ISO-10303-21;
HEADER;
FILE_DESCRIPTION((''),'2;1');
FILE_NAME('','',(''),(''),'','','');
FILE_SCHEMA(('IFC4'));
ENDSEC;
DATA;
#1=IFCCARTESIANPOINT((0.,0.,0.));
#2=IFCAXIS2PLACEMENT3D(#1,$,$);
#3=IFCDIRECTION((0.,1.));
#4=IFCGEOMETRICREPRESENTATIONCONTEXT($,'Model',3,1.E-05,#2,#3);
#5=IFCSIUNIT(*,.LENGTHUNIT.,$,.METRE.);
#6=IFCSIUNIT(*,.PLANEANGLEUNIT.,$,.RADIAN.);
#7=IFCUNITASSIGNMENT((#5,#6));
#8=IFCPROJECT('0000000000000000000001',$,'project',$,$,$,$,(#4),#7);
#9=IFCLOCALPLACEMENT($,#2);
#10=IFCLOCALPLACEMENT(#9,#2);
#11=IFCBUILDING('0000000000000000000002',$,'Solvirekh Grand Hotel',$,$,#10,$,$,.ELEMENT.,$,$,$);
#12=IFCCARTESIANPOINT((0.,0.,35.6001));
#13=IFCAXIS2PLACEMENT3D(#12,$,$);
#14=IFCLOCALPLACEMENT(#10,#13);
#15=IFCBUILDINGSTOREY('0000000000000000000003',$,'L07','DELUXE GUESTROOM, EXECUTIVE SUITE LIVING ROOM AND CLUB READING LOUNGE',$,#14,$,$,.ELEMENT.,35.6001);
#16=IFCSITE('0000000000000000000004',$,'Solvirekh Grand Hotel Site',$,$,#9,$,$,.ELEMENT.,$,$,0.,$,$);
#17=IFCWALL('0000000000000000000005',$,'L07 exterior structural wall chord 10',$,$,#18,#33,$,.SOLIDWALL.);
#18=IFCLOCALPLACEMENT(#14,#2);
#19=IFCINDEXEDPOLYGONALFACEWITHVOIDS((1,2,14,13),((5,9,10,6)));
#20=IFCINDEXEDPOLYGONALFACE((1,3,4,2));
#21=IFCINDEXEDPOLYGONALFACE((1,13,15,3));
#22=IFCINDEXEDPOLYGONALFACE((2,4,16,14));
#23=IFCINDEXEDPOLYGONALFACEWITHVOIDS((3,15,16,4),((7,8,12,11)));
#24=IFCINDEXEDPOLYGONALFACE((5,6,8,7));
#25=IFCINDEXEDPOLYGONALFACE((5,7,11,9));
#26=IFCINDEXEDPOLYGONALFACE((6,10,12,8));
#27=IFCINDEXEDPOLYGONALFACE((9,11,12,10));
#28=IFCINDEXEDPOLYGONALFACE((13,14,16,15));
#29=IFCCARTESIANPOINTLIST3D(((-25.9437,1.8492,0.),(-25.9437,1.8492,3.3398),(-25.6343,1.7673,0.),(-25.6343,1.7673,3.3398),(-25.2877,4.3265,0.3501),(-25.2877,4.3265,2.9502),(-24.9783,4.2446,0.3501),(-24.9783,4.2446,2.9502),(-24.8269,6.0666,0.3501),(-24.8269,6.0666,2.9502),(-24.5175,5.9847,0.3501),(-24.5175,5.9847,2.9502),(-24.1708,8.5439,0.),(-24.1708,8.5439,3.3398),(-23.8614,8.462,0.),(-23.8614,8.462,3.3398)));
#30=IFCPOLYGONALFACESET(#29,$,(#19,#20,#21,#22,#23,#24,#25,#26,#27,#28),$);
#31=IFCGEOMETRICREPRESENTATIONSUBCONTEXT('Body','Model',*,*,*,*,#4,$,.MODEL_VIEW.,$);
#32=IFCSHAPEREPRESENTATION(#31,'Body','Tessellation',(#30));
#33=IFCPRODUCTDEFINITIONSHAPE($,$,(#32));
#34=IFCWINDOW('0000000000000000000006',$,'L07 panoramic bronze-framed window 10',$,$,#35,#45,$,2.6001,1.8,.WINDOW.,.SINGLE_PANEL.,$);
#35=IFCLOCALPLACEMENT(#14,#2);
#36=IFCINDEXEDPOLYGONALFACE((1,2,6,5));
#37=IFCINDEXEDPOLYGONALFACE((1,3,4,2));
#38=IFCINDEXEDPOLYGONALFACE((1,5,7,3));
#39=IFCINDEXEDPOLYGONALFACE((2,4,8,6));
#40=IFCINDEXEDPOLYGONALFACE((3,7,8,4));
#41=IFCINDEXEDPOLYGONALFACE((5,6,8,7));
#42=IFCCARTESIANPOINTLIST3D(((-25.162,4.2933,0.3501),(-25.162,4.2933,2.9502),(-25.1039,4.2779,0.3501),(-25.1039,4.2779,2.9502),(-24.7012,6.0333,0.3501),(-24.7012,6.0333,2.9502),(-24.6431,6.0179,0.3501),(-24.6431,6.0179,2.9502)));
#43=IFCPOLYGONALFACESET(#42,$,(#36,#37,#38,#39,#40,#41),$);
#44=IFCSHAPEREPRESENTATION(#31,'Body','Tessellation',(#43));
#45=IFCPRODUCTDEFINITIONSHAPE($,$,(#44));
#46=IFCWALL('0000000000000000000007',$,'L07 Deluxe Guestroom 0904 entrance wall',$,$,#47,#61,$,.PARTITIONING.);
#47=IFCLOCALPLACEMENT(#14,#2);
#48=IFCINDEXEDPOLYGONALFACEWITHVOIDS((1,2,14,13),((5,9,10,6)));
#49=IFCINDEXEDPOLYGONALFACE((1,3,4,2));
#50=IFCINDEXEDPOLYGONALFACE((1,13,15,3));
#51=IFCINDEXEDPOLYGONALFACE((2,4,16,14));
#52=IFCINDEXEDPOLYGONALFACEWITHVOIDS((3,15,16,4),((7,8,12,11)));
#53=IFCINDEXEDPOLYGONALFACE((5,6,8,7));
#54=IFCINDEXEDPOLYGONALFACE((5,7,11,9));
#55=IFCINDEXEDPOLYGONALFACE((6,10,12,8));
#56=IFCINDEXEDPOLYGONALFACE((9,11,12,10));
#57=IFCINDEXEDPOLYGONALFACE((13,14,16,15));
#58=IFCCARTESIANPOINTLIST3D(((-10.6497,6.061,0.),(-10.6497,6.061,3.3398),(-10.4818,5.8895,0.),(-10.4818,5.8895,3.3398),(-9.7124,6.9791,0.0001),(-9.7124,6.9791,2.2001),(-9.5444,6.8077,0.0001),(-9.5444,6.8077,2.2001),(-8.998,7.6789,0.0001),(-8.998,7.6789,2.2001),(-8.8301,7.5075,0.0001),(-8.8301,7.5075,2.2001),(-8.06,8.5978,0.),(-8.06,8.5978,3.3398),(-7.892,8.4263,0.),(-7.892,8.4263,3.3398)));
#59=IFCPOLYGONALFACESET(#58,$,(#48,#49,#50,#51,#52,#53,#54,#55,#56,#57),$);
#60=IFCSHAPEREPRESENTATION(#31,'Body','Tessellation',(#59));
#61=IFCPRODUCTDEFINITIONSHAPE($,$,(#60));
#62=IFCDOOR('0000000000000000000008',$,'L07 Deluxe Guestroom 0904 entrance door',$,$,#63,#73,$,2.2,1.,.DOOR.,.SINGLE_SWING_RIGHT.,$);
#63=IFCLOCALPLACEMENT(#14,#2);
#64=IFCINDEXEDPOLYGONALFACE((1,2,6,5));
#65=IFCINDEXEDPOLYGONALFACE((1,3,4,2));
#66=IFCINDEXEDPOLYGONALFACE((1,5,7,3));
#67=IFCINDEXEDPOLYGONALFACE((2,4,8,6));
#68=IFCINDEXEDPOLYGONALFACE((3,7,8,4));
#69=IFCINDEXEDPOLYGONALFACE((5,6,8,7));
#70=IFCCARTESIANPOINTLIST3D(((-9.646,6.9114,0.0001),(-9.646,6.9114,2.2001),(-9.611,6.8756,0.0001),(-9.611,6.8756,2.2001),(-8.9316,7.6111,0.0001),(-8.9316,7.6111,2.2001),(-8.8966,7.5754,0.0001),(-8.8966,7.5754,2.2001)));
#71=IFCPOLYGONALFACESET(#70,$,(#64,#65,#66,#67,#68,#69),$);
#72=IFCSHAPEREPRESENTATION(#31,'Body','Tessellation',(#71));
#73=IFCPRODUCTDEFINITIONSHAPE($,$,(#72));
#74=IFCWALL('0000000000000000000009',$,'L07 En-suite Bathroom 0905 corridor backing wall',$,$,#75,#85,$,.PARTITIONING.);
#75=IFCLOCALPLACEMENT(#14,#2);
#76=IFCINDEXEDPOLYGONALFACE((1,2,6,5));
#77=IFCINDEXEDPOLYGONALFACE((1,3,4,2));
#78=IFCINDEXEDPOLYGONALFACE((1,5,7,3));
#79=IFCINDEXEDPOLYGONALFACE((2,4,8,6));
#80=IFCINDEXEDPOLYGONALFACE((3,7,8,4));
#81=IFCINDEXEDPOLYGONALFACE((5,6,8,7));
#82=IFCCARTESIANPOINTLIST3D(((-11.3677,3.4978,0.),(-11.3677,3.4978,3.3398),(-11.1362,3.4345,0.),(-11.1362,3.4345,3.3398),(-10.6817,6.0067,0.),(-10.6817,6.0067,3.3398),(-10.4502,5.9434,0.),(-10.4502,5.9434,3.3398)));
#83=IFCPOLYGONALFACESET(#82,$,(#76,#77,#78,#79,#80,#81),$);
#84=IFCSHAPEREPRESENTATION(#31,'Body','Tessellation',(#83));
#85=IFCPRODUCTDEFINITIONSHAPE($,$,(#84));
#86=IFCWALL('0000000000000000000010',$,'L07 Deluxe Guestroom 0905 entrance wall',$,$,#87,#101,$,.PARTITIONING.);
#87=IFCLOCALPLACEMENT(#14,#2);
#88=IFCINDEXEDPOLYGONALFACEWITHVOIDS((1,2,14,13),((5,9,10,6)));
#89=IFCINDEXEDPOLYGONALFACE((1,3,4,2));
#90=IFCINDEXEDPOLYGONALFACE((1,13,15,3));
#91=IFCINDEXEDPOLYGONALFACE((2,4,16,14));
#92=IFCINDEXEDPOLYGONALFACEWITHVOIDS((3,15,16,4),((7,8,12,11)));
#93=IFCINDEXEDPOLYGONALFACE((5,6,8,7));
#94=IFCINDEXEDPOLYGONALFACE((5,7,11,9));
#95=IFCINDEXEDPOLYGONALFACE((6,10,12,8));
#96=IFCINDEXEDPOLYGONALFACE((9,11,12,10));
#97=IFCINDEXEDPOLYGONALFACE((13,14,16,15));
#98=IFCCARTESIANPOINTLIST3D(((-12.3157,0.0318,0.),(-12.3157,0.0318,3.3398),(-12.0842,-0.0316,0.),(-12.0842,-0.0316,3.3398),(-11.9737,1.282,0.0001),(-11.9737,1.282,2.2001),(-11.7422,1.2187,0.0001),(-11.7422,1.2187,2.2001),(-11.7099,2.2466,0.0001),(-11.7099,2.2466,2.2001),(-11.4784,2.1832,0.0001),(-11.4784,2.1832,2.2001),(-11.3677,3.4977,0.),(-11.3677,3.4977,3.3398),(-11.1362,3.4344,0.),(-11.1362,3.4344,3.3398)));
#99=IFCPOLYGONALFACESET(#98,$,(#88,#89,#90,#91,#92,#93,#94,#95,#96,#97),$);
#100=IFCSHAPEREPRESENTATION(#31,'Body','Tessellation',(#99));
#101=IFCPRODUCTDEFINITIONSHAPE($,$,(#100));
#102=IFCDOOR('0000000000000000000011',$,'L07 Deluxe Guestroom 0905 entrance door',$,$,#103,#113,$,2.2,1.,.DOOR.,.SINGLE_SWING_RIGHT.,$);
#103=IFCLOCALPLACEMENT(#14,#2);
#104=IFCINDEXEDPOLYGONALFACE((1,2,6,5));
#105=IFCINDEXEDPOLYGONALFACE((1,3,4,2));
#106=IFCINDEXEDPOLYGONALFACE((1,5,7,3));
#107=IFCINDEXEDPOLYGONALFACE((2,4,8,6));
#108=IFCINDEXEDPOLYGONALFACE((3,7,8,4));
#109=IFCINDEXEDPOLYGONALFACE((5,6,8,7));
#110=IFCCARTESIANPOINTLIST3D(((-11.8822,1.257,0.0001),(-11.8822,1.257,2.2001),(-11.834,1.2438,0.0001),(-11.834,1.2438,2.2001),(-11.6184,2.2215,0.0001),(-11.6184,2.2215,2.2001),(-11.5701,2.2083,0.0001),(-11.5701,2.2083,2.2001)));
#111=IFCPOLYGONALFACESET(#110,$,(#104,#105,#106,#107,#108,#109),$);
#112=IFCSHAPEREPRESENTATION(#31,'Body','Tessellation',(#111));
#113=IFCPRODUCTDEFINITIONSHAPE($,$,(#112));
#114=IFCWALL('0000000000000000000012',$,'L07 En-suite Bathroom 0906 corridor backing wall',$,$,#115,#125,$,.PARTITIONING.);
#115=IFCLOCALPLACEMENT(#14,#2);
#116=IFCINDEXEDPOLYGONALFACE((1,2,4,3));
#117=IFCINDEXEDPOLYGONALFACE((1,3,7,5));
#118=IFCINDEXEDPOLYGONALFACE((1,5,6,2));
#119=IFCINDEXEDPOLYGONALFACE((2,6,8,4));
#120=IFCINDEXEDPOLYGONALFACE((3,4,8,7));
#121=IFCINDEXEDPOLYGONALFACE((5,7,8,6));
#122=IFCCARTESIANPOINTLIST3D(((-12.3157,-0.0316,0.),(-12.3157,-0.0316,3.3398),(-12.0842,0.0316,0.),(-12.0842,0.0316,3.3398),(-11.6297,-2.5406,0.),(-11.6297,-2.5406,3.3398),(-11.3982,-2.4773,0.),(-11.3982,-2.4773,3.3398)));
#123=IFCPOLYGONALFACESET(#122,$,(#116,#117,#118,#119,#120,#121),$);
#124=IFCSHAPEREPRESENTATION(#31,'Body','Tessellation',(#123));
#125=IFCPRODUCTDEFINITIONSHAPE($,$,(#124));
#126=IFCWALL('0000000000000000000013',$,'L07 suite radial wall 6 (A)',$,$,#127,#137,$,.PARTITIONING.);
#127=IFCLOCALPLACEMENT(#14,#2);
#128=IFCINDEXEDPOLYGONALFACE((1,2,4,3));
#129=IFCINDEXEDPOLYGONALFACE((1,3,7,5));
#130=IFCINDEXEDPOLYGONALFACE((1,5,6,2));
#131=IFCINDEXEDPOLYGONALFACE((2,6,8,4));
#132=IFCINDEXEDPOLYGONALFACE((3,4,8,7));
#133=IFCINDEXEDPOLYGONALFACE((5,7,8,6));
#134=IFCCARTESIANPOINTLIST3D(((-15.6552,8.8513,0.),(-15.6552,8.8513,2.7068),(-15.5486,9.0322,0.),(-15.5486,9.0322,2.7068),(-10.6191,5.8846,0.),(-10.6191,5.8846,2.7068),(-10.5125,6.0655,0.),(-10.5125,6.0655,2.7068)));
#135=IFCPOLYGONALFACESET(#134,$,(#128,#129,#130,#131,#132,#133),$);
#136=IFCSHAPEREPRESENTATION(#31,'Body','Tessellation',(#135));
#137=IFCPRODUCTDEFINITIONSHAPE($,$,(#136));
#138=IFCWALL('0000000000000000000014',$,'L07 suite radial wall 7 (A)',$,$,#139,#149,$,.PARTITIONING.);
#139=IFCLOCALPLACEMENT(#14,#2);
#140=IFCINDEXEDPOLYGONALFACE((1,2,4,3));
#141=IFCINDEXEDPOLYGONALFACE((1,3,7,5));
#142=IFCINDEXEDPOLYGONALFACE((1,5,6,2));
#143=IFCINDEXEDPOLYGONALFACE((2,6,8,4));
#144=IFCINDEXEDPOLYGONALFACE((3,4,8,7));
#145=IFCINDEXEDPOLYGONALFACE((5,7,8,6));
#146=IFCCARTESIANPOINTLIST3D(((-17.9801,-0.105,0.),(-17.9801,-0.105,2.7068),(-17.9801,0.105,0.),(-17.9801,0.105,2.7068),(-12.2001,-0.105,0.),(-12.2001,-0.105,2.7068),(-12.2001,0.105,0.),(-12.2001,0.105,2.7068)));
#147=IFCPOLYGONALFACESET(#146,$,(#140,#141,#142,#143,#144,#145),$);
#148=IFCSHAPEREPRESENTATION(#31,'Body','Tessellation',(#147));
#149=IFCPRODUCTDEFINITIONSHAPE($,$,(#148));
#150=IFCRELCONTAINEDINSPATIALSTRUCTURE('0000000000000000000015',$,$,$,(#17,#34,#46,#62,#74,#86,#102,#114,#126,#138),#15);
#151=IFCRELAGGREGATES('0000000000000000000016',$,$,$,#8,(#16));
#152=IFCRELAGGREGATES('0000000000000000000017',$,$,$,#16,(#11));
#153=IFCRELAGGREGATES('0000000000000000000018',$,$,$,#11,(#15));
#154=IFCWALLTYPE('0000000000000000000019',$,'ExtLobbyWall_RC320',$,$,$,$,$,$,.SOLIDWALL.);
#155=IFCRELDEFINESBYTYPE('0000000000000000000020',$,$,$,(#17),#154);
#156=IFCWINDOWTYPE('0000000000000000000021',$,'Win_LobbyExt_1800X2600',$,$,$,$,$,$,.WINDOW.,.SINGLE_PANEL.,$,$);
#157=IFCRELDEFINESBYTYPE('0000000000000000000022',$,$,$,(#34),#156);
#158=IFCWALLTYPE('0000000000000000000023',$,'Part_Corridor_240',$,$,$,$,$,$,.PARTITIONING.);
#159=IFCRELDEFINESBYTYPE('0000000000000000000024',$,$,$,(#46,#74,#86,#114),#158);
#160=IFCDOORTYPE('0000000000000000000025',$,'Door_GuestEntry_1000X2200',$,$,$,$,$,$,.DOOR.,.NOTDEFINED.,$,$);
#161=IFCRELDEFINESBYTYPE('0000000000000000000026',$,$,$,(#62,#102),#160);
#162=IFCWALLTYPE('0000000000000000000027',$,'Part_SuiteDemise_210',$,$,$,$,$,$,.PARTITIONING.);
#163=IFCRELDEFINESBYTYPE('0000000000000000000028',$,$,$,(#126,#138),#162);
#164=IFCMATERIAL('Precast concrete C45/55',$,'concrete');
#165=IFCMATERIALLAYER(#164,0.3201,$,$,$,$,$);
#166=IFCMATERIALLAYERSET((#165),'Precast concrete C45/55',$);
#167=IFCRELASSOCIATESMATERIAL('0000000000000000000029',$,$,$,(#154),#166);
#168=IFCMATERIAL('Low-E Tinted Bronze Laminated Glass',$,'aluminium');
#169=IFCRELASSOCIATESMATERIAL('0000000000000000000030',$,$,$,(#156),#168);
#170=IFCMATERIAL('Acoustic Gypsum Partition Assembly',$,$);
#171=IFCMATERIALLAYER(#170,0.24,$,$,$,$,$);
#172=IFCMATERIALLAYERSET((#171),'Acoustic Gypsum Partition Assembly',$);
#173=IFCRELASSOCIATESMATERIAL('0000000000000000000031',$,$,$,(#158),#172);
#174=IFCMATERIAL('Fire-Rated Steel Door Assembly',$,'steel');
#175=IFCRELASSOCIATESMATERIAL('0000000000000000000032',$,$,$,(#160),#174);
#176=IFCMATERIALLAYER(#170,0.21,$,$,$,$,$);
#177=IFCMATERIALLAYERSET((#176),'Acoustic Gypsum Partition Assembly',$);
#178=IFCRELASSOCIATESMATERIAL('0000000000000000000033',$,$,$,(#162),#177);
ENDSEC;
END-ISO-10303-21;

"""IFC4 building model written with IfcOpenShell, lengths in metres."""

from ifc_helpers import new_model, si_unit, direction, frame, frame_2d, origin, place, context, subcontext, project, spatial, rectangle, extrude, material, layer, layer_set, type_object, element, fill, save


model = new_model("IFC4")

# Units and contexts
model_context = context("Model", 3, precision=1e-05, world=origin(), true_north=direction((0.0, 1.0)))
body_context = subcontext(model_context, "Body", "Model", "MODEL_VIEW")
ifc_project = project(units=[si_unit("LENGTHUNIT", "METRE"), si_unit("PLANEANGLEUNIT", "RADIAN")], contexts=[model_context])

# Site, building, storey
site_placement = place(None, origin())
site = spatial("IfcSite", under=ifc_project, at=site_placement, Name="Solvirekh Grand Hotel Site", CompositionType="ELEMENT", RefElevation=0.0)
building_placement = place(site_placement, origin())
building = spatial("IfcBuilding", under=site, at=building_placement, Name="Solvirekh Grand Hotel", CompositionType="ELEMENT")
storey_placement = place(building_placement, frame((0.0, 0.0, 35.6001)))
storey = spatial("IfcBuildingStorey", under=building, at=storey_placement, Name="L07", Description="DELUXE GUESTROOM, EXECUTIVE SUITE LIVING ROOM AND CLUB READING LOUNGE", CompositionType="ELEMENT", Elevation=35.6001)

# Shared definitions
ifc_material_1 = material(Name="Low-E Tinted Bronze Laminated Glass", Category="aluminium")

# Wall, opening, window
ifc_material_2 = material(Name="Precast concrete C45/55", Category="concrete")
ifc_layer_1 = layer(ifc_material_2, 0.3201)
ifc_layer_set_1 = layer_set([ifc_layer_1], Name="Precast concrete C45/55")
wall_type_1 = type_object("IfcWallType", Name="ExtLobbyWall_RC320", PredefinedType="SOLIDWALL", material=ifc_layer_set_1)
window_type = type_object("IfcWindowType", Name="Win_LobbyExt_1800X2600", PartitioningType="SINGLE_PANEL", PredefinedType="WINDOW", material=ifc_material_1)
wall_1_placement = place(storey_placement, frame((-25.7891, 1.8081, 0.0), z_axis=(0.0, 0.0, 1.0), x_axis=(0.255999, 0.966677, 0.0)))
wall_1 = element("IfcWall", 1, at=wall_1_placement, inside=storey, type_object=wall_type_1, Name="L07 exterior structural wall chord 10", PredefinedType="SOLIDWALL", context=body_context, shape_type="SweptSolid", body=[
    extrude(rectangle(XDim=6.9255, YDim=0.3201, at=frame_2d((3.4629, 0.0))), origin(), (0.0, 0.0, 1.0), 3.3398),
])
opening_1_placement = place(wall_1_placement, frame((2.563, 0.0, 0.3501)))
opening_1 = element("IfcOpeningElement", 2, at=opening_1_placement, cuts=wall_1, PredefinedType="OPENING", context=body_context, shape_type="SweptSolid", body=[
    extrude(rectangle(XDim=1.8, YDim=2.6001, at=frame_2d((0.8999, 1.3))), frame((0.0, 0.1699, 0.0), z_axis=(0.0, -1.0, 0.0), x_axis=(1.0, 0.0, 0.0)), (0.0, 0.0, 1.0), 0.3401),
])
window_1_placement = place(opening_1_placement, origin())
window_1 = element("IfcWindow", 3, at=window_1_placement, inside=storey, type_object=window_type, Name="L07 panoramic bronze-framed window 10", OverallHeight=2.6001, OverallWidth=1.8, PartitioningType="SINGLE_PANEL", PredefinedType="WINDOW", context=body_context, shape_type="SweptSolid", body=[
    extrude(rectangle(XDim=1.8, YDim=2.6001, at=frame_2d((0.8999, 1.3))), frame((0.0, 0.03, 0.0), z_axis=(0.0, -1.0, 0.0), x_axis=(1.0, 0.0, 0.0)), (0.0, 0.0, 1.0), 0.0601),
])
fill(opening_1, window_1)

# Wall, opening, door
ifc_material_3 = material(Name="Acoustic Gypsum Partition Assembly")
ifc_layer_2 = layer(ifc_material_3, 0.24)
ifc_layer_set_2 = layer_set([ifc_layer_2], Name="Acoustic Gypsum Partition Assembly")
wall_type_2 = type_object("IfcWallType", Name="Part_Corridor_240", PredefinedType="PARTITIONING", material=ifc_layer_set_2)
wall_2_placement = place(storey_placement, frame((-7.9761, 8.512, 0.0), z_axis=(0.0, 0.0, 1.0), x_axis=(-0.714376, -0.699762, 0.0)))
wall_2 = element("IfcWall", 4, at=wall_2_placement, inside=storey, type_object=wall_type_2, Name="L07 Deluxe Guestroom 0904 entrance wall", PredefinedType="PARTITIONING", context=body_context, shape_type="SweptSolid", body=[
    extrude(rectangle(XDim=3.6252, YDim=0.24, at=frame_2d((1.8125, 0.0))), origin(), (0.0, 0.0, 1.0), 3.3398),
])
opening_2_placement = place(wall_2_placement, frame((1.313, 0.0, 0.0)))
opening_2 = element("IfcOpeningElement", 5, at=opening_2_placement, cuts=wall_2, PredefinedType="OPENING", context=body_context, shape_type="SweptSolid", body=[
    extrude(rectangle(XDim=1.0, YDim=2.2, at=frame_2d((0.5, 1.1001))), frame((0.0, 0.1299, 0.0), z_axis=(0.0, -1.0, 0.0), x_axis=(1.0, 0.0, 0.0)), (0.0, 0.0, 1.0), 0.26),
])
ifc_material_4 = material(Name="Fire-Rated Steel Door Assembly", Category="steel")
door_type_1 = type_object("IfcDoorType", Name="Door_GuestEntry_1000X2200", OperationType="NOTDEFINED", PredefinedType="DOOR", material=ifc_material_4)
door_1_placement = place(opening_2_placement, origin())
door_1 = element("IfcDoor", 6, at=door_1_placement, inside=storey, type_object=door_type_1, Name="L07 Deluxe Guestroom 0904 entrance door", OperationType="SINGLE_SWING_RIGHT", OverallHeight=2.2, OverallWidth=1.0, PredefinedType="DOOR", context=body_context, shape_type="SweptSolid", body=[
    extrude(rectangle(XDim=1.0, YDim=2.2, at=frame_2d((0.5, 1.1001))), frame((0.0, 0.0249, 0.0), z_axis=(0.0, -1.0, 0.0), x_axis=(1.0, 0.0, 0.0)), (0.0, 0.0, 1.0), 0.05),
])
fill(opening_2, door_1)

# Wall
wall_3_placement = place(storey_placement, frame((-10.5659, 5.9751, 0.0), z_axis=(0.0, 0.0, 1.0), x_axis=(-0.263745, -0.964593, 0.0)))
element("IfcWall", 7, at=wall_3_placement, inside=storey, type_object=wall_type_2, Name="L07 En-suite Bathroom 0905 corridor backing wall", PredefinedType="PARTITIONING", context=body_context, shape_type="SweptSolid", body=[
    extrude(rectangle(XDim=2.6011, YDim=0.24, at=frame_2d((1.3005, 0.0))), origin(), (0.0, 0.0, 1.0), 3.3398),
])

# Wall, opening, door
wall_4_placement = place(storey_placement, frame((-11.252, 3.4661, 0.0), z_axis=(0.0, 0.0, 1.0), x_axis=(-0.263819, -0.964572, 0.0)))
wall_4 = element("IfcWall", 8, at=wall_4_placement, inside=storey, type_object=wall_type_2, Name="L07 Deluxe Guestroom 0905 entrance wall", PredefinedType="PARTITIONING", context=body_context, shape_type="SweptSolid", body=[
    extrude(rectangle(XDim=3.5933, YDim=0.24, at=frame_2d((1.7966, 0.0))), origin(), (0.0, 0.0, 1.0), 3.3398),
])
opening_3_placement = place(wall_4_placement, frame((1.2971, 0.0, 0.0)))
opening_3 = element("IfcOpeningElement", 9, at=opening_3_placement, cuts=wall_4, PredefinedType="OPENING", context=body_context, shape_type="SweptSolid", body=[
    extrude(rectangle(XDim=1.0, YDim=2.2, at=frame_2d((0.5, 1.1001))), frame((0.0, 0.1299, 0.0), z_axis=(0.0, -1.0, 0.0), x_axis=(1.0, 0.0, 0.0)), (0.0, 0.0, 1.0), 0.26),
])
door_2_placement = place(opening_3_placement, origin())
door_2 = element("IfcDoor", 10, at=door_2_placement, inside=storey, type_object=door_type_1, Name="L07 Deluxe Guestroom 0905 entrance door", OperationType="SINGLE_SWING_RIGHT", OverallHeight=2.2, OverallWidth=1.0, PredefinedType="DOOR", context=body_context, shape_type="SweptSolid", body=[
    extrude(rectangle(XDim=1.0, YDim=2.2, at=frame_2d((0.5, 1.1001))), frame((0.0, 0.0249, 0.0), z_axis=(0.0, -1.0, 0.0), x_axis=(1.0, 0.0, 0.0)), (0.0, 0.0, 1.0), 0.05),
])
fill(opening_3, door_2)

# Walls
wall_5_placement = place(storey_placement, frame((-12.2, 0.0, 0.0), z_axis=(0.0, 0.0, 1.0), x_axis=(0.263745, -0.964593, 0.0)))
element("IfcWall", 11, at=wall_5_placement, inside=storey, type_object=wall_type_2, Name="L07 En-suite Bathroom 0906 corridor backing wall", PredefinedType="PARTITIONING", context=body_context, shape_type="SweptSolid", body=[
    extrude(rectangle(XDim=2.6011, YDim=0.24, at=frame_2d((1.3005, 0.0))), origin(), (0.0, 0.0, 1.0), 3.3398),
])
ifc_layer_3 = layer(ifc_material_3, 0.21)
ifc_layer_set_3 = layer_set([ifc_layer_3], Name="Acoustic Gypsum Partition Assembly")
wall_type_3 = type_object("IfcWallType", Name="Part_SuiteDemise_210", PredefinedType="PARTITIONING", material=ifc_layer_set_3)
wall_6_placement = place(storey_placement, frame((-10.5659, 5.9751, 0.0), z_axis=(0.0, 0.0, 1.0), x_axis=(-0.861608, 0.507575, 0.0)))
element("IfcWall", 12, at=wall_6_placement, inside=storey, type_object=wall_type_3, Name="L07 suite radial wall 6 (A)", PredefinedType="PARTITIONING", context=body_context, shape_type="SweptSolid", body=[
    extrude(rectangle(XDim=5.845, YDim=0.21, at=frame_2d((2.9224, 0.0))), origin(), (0.0, 0.0, 1.0), 2.7068),
])
wall_7_placement = place(storey_placement, frame((-12.2, 0.0, 0.0), z_axis=(0.0, 0.0, 1.0), x_axis=(-1.0, 0.0, 0.0)))
element("IfcWall", 13, at=wall_7_placement, inside=storey, type_object=wall_type_3, Name="L07 suite radial wall 7 (A)", PredefinedType="PARTITIONING", context=body_context, shape_type="SweptSolid", body=[
    extrude(rectangle(XDim=5.78, YDim=0.21, at=frame_2d((2.8901, 0.0))), origin(), (0.0, 0.0, 1.0), 2.7068),
])

save(model, "model.ifc")
